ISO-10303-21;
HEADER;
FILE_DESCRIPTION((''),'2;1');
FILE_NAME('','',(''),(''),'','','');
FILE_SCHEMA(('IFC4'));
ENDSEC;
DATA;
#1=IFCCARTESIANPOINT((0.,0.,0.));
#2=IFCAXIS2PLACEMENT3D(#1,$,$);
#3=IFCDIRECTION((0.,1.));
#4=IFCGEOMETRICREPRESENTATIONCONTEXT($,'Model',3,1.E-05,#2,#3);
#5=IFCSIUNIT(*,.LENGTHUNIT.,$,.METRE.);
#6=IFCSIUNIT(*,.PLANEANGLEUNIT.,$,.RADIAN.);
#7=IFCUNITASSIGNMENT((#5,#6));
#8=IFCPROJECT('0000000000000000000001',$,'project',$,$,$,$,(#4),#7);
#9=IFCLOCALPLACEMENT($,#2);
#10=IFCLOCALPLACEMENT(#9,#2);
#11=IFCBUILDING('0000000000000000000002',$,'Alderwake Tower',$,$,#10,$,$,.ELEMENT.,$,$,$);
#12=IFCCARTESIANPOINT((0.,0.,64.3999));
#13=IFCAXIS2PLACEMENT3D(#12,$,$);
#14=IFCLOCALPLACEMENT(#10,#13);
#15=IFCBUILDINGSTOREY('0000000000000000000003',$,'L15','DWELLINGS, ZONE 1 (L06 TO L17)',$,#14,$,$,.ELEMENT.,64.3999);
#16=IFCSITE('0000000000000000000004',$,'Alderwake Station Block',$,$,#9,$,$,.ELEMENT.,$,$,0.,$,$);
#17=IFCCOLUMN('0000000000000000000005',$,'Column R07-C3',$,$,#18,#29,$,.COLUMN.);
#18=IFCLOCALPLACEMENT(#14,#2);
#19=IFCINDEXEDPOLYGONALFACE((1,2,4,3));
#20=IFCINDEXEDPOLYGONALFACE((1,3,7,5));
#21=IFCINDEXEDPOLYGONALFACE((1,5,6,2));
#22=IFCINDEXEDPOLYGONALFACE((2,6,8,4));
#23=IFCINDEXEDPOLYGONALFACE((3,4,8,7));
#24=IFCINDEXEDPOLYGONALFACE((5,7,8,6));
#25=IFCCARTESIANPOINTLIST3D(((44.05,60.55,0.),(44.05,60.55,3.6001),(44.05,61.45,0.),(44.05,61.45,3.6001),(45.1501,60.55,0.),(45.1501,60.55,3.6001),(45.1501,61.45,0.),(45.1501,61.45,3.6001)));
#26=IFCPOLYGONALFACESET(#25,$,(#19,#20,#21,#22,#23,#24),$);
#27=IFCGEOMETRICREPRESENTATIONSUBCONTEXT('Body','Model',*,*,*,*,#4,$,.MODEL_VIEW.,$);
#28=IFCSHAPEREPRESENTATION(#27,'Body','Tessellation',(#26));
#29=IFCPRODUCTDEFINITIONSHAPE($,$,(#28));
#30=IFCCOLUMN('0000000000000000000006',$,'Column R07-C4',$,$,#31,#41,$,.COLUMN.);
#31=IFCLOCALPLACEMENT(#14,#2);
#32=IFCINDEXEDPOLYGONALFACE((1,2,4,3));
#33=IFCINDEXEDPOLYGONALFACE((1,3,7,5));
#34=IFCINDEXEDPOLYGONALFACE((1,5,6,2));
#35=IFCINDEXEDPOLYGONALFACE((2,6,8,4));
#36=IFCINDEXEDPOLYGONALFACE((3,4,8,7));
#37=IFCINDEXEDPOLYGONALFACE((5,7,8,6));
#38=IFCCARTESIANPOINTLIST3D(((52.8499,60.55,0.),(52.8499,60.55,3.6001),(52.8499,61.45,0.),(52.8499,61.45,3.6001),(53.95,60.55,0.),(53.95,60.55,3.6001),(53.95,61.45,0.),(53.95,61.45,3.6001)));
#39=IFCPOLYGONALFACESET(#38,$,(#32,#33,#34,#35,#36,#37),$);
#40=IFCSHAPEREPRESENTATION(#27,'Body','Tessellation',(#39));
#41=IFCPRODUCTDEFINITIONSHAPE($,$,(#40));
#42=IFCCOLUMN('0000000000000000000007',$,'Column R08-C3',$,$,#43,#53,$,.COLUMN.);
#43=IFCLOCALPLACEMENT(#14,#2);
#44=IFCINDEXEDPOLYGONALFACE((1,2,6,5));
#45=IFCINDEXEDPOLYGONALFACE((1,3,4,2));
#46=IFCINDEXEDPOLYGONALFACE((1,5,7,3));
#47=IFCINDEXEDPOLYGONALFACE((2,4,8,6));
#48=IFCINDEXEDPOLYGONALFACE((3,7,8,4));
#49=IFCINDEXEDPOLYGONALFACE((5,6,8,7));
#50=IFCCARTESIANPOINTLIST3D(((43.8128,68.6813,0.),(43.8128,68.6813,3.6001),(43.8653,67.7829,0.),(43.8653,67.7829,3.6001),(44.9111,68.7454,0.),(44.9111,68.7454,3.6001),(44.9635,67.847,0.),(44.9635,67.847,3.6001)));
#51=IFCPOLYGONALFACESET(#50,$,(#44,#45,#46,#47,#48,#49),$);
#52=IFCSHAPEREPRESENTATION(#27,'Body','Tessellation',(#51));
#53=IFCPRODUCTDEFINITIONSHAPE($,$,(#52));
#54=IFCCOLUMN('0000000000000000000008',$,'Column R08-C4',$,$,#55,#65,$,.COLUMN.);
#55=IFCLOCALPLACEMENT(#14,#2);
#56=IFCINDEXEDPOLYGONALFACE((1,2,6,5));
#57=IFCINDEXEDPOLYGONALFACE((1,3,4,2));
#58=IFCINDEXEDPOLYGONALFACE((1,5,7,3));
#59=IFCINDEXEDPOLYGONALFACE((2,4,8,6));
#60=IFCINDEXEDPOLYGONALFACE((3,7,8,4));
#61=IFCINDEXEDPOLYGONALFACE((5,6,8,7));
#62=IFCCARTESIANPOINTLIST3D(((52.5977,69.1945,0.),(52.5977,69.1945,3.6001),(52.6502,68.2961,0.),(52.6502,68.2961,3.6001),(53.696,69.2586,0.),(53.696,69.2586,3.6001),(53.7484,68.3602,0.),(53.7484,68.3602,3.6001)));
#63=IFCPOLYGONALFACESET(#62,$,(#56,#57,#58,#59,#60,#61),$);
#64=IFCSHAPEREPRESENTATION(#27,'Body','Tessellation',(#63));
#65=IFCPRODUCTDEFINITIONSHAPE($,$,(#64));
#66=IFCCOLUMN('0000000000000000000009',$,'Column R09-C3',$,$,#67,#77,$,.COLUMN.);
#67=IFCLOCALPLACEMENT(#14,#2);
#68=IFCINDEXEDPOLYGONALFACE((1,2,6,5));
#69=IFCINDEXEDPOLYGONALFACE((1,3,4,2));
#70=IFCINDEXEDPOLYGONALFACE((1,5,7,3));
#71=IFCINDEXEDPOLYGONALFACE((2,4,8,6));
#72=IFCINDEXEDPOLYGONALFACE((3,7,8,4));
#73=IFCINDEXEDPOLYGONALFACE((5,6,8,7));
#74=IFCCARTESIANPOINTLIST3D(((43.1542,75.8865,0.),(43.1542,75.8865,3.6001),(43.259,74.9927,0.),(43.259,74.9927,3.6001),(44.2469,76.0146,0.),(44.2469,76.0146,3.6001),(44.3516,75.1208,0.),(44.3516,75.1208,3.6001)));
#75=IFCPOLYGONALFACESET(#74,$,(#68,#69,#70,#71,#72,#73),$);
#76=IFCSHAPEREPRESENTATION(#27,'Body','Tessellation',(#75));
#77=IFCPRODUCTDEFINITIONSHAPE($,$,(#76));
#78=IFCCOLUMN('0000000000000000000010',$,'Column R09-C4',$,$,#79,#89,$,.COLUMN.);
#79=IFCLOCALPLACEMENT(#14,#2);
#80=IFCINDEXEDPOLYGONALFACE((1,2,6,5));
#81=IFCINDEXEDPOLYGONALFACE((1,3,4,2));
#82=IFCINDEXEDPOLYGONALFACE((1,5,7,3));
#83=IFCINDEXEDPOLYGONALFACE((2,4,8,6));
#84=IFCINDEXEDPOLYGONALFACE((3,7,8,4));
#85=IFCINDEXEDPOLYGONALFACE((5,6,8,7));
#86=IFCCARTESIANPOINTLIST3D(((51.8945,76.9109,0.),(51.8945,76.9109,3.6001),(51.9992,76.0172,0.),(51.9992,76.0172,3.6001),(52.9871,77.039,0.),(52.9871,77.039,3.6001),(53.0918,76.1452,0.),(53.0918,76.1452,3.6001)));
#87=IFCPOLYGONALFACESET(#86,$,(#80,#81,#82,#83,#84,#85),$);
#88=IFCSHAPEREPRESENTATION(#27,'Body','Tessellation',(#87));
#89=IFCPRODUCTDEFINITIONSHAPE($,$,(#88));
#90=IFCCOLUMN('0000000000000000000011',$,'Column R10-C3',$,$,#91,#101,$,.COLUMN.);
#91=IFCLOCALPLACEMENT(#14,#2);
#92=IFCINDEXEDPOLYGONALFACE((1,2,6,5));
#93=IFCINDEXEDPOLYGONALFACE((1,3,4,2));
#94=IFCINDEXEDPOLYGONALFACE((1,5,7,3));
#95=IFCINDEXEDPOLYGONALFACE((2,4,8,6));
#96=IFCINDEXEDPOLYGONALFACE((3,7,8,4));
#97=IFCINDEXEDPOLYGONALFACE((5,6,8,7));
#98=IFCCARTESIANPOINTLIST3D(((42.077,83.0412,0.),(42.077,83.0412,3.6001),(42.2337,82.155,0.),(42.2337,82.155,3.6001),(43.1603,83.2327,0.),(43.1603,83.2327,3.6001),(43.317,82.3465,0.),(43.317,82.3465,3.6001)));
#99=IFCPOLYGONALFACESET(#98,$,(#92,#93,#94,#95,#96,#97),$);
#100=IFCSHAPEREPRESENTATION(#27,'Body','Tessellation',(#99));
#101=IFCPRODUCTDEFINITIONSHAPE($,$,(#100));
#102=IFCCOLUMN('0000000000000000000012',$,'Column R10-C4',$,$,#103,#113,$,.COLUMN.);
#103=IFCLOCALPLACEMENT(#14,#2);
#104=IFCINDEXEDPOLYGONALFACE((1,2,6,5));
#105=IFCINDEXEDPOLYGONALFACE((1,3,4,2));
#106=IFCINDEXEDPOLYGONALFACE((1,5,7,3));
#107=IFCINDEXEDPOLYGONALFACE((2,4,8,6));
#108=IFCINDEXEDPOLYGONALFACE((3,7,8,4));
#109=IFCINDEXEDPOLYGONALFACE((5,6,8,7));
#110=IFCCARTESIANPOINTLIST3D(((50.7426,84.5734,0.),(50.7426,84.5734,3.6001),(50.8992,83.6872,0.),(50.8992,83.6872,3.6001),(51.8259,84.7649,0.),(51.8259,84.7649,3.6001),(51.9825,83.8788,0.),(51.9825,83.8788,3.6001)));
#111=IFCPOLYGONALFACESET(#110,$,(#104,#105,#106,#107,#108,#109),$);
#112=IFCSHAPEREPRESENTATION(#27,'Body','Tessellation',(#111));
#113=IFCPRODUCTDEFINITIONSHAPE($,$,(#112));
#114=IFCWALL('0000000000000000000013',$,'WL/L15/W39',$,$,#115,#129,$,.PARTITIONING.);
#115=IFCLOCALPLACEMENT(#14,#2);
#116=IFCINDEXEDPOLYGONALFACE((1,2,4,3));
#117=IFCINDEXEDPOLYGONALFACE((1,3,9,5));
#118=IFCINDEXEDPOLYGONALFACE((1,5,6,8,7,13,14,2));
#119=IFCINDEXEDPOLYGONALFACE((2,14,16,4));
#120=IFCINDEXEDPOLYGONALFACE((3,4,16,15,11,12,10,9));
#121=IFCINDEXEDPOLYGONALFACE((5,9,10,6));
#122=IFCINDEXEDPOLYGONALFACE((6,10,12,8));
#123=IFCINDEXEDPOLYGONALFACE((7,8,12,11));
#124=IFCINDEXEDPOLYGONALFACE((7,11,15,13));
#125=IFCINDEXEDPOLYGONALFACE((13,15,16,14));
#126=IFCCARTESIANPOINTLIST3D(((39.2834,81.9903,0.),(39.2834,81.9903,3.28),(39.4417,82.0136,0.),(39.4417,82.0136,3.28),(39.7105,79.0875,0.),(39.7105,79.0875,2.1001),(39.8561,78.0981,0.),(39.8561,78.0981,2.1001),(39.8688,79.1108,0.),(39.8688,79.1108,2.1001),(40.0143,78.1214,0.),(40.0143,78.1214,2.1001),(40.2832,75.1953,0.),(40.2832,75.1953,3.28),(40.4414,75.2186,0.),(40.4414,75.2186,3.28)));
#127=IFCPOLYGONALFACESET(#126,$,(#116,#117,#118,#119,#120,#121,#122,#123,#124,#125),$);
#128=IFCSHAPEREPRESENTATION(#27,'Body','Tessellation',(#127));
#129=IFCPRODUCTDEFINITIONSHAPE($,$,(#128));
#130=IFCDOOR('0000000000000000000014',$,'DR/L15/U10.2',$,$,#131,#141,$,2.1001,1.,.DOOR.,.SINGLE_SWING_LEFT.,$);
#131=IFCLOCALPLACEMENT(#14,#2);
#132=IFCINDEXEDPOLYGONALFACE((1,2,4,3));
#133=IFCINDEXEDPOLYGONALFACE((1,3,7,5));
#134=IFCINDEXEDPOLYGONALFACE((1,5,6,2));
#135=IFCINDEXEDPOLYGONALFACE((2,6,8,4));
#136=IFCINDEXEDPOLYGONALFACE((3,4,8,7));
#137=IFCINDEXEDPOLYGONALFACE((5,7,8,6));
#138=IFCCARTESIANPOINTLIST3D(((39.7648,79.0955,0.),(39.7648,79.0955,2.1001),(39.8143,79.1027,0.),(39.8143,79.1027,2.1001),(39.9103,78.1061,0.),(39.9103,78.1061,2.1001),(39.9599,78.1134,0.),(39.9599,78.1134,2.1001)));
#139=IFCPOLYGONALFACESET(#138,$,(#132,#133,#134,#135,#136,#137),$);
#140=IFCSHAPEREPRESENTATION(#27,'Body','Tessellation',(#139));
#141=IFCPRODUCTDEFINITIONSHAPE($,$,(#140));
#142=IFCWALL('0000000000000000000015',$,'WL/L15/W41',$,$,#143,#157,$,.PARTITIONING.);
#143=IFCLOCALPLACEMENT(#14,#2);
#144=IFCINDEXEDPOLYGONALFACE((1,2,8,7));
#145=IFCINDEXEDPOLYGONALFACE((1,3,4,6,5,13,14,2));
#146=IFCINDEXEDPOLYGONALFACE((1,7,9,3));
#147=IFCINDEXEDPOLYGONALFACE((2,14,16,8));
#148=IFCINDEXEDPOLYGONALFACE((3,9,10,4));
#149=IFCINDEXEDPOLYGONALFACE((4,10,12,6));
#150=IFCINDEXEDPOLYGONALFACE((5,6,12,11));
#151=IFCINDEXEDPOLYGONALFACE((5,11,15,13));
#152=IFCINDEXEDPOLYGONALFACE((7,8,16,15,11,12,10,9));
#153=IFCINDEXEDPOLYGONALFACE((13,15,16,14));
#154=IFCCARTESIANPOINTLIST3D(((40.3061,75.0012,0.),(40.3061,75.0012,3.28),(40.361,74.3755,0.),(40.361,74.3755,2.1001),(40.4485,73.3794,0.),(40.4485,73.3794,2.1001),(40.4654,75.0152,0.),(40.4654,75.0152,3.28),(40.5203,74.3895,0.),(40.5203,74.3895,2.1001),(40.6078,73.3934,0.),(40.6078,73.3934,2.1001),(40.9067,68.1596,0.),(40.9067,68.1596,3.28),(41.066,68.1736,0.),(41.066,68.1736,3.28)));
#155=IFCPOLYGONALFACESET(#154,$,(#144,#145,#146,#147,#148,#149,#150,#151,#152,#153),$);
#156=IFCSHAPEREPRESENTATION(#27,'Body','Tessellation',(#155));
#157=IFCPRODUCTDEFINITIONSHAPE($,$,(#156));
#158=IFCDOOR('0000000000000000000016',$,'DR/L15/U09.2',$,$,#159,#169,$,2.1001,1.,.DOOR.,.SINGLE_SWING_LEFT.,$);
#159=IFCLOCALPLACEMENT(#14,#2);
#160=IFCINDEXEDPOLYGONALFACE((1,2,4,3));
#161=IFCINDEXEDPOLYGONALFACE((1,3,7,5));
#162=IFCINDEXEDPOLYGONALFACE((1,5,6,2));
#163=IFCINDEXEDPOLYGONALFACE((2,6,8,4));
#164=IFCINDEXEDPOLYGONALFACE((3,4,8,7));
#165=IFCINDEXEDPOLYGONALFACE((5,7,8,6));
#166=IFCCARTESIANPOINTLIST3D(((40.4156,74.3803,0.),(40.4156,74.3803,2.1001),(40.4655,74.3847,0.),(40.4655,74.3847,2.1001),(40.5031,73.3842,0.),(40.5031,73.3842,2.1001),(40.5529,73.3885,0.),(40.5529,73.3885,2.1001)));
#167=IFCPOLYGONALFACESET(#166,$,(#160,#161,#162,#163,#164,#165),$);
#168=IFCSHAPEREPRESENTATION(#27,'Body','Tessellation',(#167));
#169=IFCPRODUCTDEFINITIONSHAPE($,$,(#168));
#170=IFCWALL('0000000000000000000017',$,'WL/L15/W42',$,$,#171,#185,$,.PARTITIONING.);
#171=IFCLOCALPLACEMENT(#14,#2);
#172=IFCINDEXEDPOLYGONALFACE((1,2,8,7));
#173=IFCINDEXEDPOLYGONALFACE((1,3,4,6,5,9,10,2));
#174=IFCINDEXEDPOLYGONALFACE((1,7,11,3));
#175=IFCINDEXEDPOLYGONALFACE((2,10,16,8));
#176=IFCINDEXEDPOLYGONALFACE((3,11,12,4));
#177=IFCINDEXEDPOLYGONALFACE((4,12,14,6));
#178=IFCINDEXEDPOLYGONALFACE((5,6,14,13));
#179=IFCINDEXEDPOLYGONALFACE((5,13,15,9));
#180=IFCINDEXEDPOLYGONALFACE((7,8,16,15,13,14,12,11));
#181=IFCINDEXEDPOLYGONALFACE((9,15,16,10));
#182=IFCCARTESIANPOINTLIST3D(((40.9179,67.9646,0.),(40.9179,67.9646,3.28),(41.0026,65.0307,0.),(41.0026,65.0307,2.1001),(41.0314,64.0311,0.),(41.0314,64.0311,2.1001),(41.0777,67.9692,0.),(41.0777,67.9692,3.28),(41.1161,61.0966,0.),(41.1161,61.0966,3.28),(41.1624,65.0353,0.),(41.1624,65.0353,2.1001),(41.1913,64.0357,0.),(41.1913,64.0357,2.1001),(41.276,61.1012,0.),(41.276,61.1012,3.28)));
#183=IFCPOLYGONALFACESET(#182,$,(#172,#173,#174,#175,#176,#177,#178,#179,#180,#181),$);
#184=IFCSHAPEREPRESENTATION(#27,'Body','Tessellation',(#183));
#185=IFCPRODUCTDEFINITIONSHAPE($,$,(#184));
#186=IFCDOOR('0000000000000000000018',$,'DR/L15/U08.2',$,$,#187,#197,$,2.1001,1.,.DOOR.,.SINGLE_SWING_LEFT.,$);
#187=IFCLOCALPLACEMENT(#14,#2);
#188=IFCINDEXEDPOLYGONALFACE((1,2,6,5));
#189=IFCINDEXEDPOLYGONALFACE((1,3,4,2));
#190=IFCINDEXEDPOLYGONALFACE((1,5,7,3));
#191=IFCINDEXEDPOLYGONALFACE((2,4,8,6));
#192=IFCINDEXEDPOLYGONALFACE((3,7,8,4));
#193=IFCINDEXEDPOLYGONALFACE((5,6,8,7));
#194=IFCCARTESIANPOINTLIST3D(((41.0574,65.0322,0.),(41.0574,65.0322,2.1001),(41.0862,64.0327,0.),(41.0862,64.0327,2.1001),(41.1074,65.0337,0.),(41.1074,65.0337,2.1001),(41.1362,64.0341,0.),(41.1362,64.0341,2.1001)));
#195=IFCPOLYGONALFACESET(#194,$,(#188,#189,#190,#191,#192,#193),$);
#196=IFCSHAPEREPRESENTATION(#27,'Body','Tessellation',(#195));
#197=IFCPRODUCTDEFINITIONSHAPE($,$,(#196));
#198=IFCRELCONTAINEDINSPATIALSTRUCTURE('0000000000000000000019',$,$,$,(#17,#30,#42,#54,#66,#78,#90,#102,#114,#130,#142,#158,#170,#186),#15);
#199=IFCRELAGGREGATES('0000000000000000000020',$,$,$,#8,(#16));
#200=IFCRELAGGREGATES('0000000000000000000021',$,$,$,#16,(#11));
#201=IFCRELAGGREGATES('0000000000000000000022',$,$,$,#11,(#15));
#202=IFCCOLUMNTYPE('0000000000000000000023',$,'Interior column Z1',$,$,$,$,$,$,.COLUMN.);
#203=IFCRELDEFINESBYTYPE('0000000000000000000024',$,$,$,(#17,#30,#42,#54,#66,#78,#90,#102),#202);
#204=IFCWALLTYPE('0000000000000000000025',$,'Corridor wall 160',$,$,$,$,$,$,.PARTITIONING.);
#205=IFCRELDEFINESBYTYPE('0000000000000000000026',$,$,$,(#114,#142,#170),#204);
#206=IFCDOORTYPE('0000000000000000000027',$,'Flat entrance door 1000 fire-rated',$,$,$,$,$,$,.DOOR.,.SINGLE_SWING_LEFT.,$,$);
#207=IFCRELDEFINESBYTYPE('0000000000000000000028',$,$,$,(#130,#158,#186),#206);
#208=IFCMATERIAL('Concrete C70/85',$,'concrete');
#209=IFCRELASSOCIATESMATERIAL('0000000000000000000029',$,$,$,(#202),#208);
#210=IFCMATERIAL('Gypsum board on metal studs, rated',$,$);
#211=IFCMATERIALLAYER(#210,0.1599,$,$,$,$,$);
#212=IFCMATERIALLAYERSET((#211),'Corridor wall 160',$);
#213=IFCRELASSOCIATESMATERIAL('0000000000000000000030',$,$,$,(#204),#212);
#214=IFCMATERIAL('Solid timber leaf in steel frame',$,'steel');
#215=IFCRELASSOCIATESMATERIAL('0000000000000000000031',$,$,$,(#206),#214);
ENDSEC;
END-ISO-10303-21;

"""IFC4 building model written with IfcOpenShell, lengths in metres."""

from ifc_helpers import new_model, si_unit, direction, frame, frame_2d, origin, origin_2d, place, context, subcontext, project, spatial, rectangle, extrude, material, layer, layer_set, material_profile, profile_set, type_object, element, fill, save


model = new_model("IFC4")

# Units and contexts
model_context = context("Model", 3, precision=1e-05, world=origin(), true_north=direction((0.0, 1.0)))
body_context = subcontext(model_context, "Body", "Model", "MODEL_VIEW")
ifc_project = project(units=[si_unit("LENGTHUNIT", "METRE"), si_unit("PLANEANGLEUNIT", "RADIAN")], contexts=[model_context])

# Site, building, storey
site_placement = place(None, origin())
site = spatial("IfcSite", under=ifc_project, at=site_placement, Name="Alderwake Station Block", CompositionType="ELEMENT", RefElevation=0.0)
building_placement = place(site_placement, origin())
building = spatial("IfcBuilding", under=site, at=building_placement, Name="Alderwake Tower", CompositionType="ELEMENT")
storey_placement = place(building_placement, frame((0.0, 0.0, 64.3999)))
storey = spatial("IfcBuildingStorey", under=building, at=storey_placement, Name="L15", Description="DWELLINGS, ZONE 1 (L06 TO L17)", CompositionType="ELEMENT", Elevation=64.3999)

# Columns
ifc_material_1 = material(Name="Concrete C70/85", Category="concrete")
ifc_material_profile = material_profile(ifc_material_1, rectangle(XDim=0.8999, YDim=1.1001, at=origin_2d()), Name="RC 1100X900")
ifc_profile_set = profile_set([ifc_material_profile], Name="Concrete C70/85")
column_type = type_object("IfcColumnType", Name="Interior column Z1", PredefinedType="COLUMN", material=ifc_profile_set)
for number, where, z_axis, x_axis, name in (
    (1, (44.6001, 61.0, 0.0), (0.0, 0.0, 1.0), (0.0, 1.0, 0.0), "Column R07-C3"),
    (2, (53.3999, 61.0, 0.0), (0.0, 0.0, 1.0), (0.0, 1.0, 0.0), "Column R07-C4"),
    (3, (44.3882, 68.2642, 0.0), (0.0, 0.0, 1.0), (-0.058299, 0.998299, 0.0), "Column R08-C3"),
    (4, (53.1731, 68.7773, 0.0), (0.0, 0.0, 1.0), (-0.058301, 0.998299, 0.0), "Column R08-C4"),
    (5, (43.7529, 75.5037, 0.0), (0.0, 0.0, 1.0), (-0.116402, 0.993202, 0.0), "Column R09-C3"),
    (6, (52.4932, 76.5281, 0.0), (0.0, 0.0, 1.0), (-0.116402, 0.993202, 0.0), "Column R09-C4"),
    (7, (42.697, 82.6938, 0.0), (0.0, 0.0, 1.0), (-0.174109, 0.984726, 0.0), "Column R10-C3"),
    (8, (51.3625, 84.2261, 0.0), (0.0, 0.0, 1.0), (-0.174109, 0.984726, 0.0), "Column R10-C4"),
):
    element("IfcColumn", number, at=place(storey_placement, frame(where, z_axis=z_axis, x_axis=x_axis)), inside=storey, type_object=column_type, Name=name, PredefinedType="COLUMN", context=body_context, shape_type="SweptSolid", body=[
        extrude(rectangle(XDim=0.8999, YDim=1.1001, at=origin_2d()), origin(), (0.0, 0.0, 1.0), 3.6001),
    ])

# Walls, openings, doors
ifc_material_2 = material(Name="Gypsum board on metal studs, rated")
ifc_layer_1 = layer(ifc_material_2, 0.1599)
ifc_layer_set_1 = layer_set([ifc_layer_1], Name="Corridor wall 160")
wall_type_1 = type_object("IfcWallType", Name="Corridor wall 160", PredefinedType="PARTITIONING", material=ifc_layer_set_1)
wall_1_placement = place(storey_placement, frame((39.3625, 82.002, 0.0), z_axis=(0.0, 0.0, 1.0), x_axis=(0.145566, -0.989349, 0.0)))
wall_1 = element("IfcWall", 9, at=wall_1_placement, inside=storey, type_object=wall_type_1, Name="WL/L15/W39", PredefinedType="PARTITIONING", context=body_context, shape_type="SweptSolid", body=[
    extrude(rectangle(XDim=6.8682, YDim=0.1599, at=frame_2d((3.4341, 0.0))), origin(), (0.0, 0.0, 1.0), 3.28),
])
opening_1_placement = place(wall_1_placement, frame((2.9341, 0.0, 0.0)))
opening_1 = element("IfcOpeningElement", 10, at=opening_1_placement, cuts=wall_1, PredefinedType="OPENING", context=body_context, shape_type="SweptSolid", body=[
    extrude(rectangle(XDim=1.0, YDim=2.1001, at=frame_2d((0.5, 1.05))), frame((0.0, 0.0898, 0.0), z_axis=(0.0, -1.0, 0.0), x_axis=(1.0, 0.0, 0.0)), (0.0, 0.0, 1.0), 0.1799),
])
ifc_material_3 = material(Name="Solid timber leaf in steel frame", Category="steel")
door_type_1 = type_object("IfcDoorType", Name="Flat entrance door 1000 fire-rated", OperationType="SINGLE_SWING_LEFT", PredefinedType="DOOR", material=ifc_material_3)
door_1_placement = place(opening_1_placement, origin())
door_1 = element("IfcDoor", 11, at=door_1_placement, inside=storey, type_object=door_type_1, Name="DR/L15/U10.2", OperationType="SINGLE_SWING_LEFT", OverallHeight=2.1001, OverallWidth=1.0, PredefinedType="DOOR", context=body_context, shape_type="SweptSolid", body=[
    extrude(rectangle(XDim=1.0, YDim=2.1001, at=frame_2d((0.5, 1.05))), frame((0.0, 0.0249, 0.0), z_axis=(0.0, -1.0, 0.0), x_axis=(1.0, 0.0, 0.0)), (0.0, 0.0, 1.0), 0.05),
])
fill(opening_1, door_1)
wall_2_placement = place(storey_placement, frame((40.3857, 75.0083, 0.0), z_axis=(0.0, 0.0, 1.0), x_axis=(0.087449, -0.996169, 0.0)))
wall_2 = element("IfcWall", 12, at=wall_2_placement, inside=storey, type_object=wall_type_1, Name="WL/L15/W41", PredefinedType="PARTITIONING", context=body_context, shape_type="SweptSolid", body=[
    extrude(rectangle(XDim=6.8679, YDim=0.1599, at=frame_2d((3.4341, 0.0))), origin(), (0.0, 0.0, 1.0), 3.28),
])
opening_2_placement = place(wall_2_placement, frame((0.6282, 0.0, 0.0)))
opening_2 = element("IfcOpeningElement", 13, at=opening_2_placement, cuts=wall_2, PredefinedType="OPENING", context=body_context, shape_type="SweptSolid", body=[
    extrude(rectangle(XDim=1.0, YDim=2.1001, at=frame_2d((0.5, 1.05))), frame((0.0, 0.0898, 0.0), z_axis=(0.0, -1.0, 0.0), x_axis=(1.0, 0.0, 0.0)), (0.0, 0.0, 1.0), 0.1799),
])
door_2_placement = place(opening_2_placement, origin())
door_2 = element("IfcDoor", 14, at=door_2_placement, inside=storey, type_object=door_type_1, Name="DR/L15/U09.2", OperationType="SINGLE_SWING_LEFT", OverallHeight=2.1001, OverallWidth=1.0, PredefinedType="DOOR", context=body_context, shape_type="SweptSolid", body=[
    extrude(rectangle(XDim=1.0, YDim=2.1001, at=frame_2d((0.5, 1.05))), frame((0.0, 0.0249, 0.0), z_axis=(0.0, -1.0, 0.0), x_axis=(1.0, 0.0, 0.0)), (0.0, 0.0, 1.0), 0.05),
])
fill(opening_2, door_2)
wall_3_placement = place(storey_placement, frame((40.9978, 67.967, 0.0), z_axis=(0.0, 0.0, 1.0), x_axis=(0.028853, -0.999584, 0.0)))
wall_3 = element("IfcWall", 15, at=wall_3_placement, inside=storey, type_object=wall_type_1, Name="WL/L15/W42", PredefinedType="PARTITIONING", context=body_context, shape_type="SweptSolid", body=[
    extrude(rectangle(XDim=6.8708, YDim=0.1599, at=frame_2d((3.4355, 0.0))), origin(), (0.0, 0.0, 1.0), 3.28),
])
opening_3_placement = place(wall_3_placement, frame((2.9353, 0.0, 0.0)))
opening_3 = element("IfcOpeningElement", 16, at=opening_3_placement, cuts=wall_3, PredefinedType="OPENING", context=body_context, shape_type="SweptSolid", body=[
    extrude(rectangle(XDim=1.0, YDim=2.1001, at=frame_2d((0.5, 1.05))), frame((0.0, 0.0898, 0.0), z_axis=(0.0, -1.0, 0.0), x_axis=(1.0, 0.0, 0.0)), (0.0, 0.0, 1.0), 0.1799),
])
door_3_placement = place(opening_3_placement, origin())
door_3 = element("IfcDoor", 17, at=door_3_placement, inside=storey, type_object=door_type_1, Name="DR/L15/U08.2", OperationType="SINGLE_SWING_LEFT", OverallHeight=2.1001, OverallWidth=1.0, PredefinedType="DOOR", context=body_context, shape_type="SweptSolid", body=[
    extrude(rectangle(XDim=1.0, YDim=2.1001, at=frame_2d((0.5, 1.05))), frame((0.0, 0.0249, 0.0), z_axis=(0.0, -1.0, 0.0), x_axis=(1.0, 0.0, 0.0)), (0.0, 0.0, 1.0), 0.05),
])
fill(opening_3, door_3)

save(model, "model.ifc")
